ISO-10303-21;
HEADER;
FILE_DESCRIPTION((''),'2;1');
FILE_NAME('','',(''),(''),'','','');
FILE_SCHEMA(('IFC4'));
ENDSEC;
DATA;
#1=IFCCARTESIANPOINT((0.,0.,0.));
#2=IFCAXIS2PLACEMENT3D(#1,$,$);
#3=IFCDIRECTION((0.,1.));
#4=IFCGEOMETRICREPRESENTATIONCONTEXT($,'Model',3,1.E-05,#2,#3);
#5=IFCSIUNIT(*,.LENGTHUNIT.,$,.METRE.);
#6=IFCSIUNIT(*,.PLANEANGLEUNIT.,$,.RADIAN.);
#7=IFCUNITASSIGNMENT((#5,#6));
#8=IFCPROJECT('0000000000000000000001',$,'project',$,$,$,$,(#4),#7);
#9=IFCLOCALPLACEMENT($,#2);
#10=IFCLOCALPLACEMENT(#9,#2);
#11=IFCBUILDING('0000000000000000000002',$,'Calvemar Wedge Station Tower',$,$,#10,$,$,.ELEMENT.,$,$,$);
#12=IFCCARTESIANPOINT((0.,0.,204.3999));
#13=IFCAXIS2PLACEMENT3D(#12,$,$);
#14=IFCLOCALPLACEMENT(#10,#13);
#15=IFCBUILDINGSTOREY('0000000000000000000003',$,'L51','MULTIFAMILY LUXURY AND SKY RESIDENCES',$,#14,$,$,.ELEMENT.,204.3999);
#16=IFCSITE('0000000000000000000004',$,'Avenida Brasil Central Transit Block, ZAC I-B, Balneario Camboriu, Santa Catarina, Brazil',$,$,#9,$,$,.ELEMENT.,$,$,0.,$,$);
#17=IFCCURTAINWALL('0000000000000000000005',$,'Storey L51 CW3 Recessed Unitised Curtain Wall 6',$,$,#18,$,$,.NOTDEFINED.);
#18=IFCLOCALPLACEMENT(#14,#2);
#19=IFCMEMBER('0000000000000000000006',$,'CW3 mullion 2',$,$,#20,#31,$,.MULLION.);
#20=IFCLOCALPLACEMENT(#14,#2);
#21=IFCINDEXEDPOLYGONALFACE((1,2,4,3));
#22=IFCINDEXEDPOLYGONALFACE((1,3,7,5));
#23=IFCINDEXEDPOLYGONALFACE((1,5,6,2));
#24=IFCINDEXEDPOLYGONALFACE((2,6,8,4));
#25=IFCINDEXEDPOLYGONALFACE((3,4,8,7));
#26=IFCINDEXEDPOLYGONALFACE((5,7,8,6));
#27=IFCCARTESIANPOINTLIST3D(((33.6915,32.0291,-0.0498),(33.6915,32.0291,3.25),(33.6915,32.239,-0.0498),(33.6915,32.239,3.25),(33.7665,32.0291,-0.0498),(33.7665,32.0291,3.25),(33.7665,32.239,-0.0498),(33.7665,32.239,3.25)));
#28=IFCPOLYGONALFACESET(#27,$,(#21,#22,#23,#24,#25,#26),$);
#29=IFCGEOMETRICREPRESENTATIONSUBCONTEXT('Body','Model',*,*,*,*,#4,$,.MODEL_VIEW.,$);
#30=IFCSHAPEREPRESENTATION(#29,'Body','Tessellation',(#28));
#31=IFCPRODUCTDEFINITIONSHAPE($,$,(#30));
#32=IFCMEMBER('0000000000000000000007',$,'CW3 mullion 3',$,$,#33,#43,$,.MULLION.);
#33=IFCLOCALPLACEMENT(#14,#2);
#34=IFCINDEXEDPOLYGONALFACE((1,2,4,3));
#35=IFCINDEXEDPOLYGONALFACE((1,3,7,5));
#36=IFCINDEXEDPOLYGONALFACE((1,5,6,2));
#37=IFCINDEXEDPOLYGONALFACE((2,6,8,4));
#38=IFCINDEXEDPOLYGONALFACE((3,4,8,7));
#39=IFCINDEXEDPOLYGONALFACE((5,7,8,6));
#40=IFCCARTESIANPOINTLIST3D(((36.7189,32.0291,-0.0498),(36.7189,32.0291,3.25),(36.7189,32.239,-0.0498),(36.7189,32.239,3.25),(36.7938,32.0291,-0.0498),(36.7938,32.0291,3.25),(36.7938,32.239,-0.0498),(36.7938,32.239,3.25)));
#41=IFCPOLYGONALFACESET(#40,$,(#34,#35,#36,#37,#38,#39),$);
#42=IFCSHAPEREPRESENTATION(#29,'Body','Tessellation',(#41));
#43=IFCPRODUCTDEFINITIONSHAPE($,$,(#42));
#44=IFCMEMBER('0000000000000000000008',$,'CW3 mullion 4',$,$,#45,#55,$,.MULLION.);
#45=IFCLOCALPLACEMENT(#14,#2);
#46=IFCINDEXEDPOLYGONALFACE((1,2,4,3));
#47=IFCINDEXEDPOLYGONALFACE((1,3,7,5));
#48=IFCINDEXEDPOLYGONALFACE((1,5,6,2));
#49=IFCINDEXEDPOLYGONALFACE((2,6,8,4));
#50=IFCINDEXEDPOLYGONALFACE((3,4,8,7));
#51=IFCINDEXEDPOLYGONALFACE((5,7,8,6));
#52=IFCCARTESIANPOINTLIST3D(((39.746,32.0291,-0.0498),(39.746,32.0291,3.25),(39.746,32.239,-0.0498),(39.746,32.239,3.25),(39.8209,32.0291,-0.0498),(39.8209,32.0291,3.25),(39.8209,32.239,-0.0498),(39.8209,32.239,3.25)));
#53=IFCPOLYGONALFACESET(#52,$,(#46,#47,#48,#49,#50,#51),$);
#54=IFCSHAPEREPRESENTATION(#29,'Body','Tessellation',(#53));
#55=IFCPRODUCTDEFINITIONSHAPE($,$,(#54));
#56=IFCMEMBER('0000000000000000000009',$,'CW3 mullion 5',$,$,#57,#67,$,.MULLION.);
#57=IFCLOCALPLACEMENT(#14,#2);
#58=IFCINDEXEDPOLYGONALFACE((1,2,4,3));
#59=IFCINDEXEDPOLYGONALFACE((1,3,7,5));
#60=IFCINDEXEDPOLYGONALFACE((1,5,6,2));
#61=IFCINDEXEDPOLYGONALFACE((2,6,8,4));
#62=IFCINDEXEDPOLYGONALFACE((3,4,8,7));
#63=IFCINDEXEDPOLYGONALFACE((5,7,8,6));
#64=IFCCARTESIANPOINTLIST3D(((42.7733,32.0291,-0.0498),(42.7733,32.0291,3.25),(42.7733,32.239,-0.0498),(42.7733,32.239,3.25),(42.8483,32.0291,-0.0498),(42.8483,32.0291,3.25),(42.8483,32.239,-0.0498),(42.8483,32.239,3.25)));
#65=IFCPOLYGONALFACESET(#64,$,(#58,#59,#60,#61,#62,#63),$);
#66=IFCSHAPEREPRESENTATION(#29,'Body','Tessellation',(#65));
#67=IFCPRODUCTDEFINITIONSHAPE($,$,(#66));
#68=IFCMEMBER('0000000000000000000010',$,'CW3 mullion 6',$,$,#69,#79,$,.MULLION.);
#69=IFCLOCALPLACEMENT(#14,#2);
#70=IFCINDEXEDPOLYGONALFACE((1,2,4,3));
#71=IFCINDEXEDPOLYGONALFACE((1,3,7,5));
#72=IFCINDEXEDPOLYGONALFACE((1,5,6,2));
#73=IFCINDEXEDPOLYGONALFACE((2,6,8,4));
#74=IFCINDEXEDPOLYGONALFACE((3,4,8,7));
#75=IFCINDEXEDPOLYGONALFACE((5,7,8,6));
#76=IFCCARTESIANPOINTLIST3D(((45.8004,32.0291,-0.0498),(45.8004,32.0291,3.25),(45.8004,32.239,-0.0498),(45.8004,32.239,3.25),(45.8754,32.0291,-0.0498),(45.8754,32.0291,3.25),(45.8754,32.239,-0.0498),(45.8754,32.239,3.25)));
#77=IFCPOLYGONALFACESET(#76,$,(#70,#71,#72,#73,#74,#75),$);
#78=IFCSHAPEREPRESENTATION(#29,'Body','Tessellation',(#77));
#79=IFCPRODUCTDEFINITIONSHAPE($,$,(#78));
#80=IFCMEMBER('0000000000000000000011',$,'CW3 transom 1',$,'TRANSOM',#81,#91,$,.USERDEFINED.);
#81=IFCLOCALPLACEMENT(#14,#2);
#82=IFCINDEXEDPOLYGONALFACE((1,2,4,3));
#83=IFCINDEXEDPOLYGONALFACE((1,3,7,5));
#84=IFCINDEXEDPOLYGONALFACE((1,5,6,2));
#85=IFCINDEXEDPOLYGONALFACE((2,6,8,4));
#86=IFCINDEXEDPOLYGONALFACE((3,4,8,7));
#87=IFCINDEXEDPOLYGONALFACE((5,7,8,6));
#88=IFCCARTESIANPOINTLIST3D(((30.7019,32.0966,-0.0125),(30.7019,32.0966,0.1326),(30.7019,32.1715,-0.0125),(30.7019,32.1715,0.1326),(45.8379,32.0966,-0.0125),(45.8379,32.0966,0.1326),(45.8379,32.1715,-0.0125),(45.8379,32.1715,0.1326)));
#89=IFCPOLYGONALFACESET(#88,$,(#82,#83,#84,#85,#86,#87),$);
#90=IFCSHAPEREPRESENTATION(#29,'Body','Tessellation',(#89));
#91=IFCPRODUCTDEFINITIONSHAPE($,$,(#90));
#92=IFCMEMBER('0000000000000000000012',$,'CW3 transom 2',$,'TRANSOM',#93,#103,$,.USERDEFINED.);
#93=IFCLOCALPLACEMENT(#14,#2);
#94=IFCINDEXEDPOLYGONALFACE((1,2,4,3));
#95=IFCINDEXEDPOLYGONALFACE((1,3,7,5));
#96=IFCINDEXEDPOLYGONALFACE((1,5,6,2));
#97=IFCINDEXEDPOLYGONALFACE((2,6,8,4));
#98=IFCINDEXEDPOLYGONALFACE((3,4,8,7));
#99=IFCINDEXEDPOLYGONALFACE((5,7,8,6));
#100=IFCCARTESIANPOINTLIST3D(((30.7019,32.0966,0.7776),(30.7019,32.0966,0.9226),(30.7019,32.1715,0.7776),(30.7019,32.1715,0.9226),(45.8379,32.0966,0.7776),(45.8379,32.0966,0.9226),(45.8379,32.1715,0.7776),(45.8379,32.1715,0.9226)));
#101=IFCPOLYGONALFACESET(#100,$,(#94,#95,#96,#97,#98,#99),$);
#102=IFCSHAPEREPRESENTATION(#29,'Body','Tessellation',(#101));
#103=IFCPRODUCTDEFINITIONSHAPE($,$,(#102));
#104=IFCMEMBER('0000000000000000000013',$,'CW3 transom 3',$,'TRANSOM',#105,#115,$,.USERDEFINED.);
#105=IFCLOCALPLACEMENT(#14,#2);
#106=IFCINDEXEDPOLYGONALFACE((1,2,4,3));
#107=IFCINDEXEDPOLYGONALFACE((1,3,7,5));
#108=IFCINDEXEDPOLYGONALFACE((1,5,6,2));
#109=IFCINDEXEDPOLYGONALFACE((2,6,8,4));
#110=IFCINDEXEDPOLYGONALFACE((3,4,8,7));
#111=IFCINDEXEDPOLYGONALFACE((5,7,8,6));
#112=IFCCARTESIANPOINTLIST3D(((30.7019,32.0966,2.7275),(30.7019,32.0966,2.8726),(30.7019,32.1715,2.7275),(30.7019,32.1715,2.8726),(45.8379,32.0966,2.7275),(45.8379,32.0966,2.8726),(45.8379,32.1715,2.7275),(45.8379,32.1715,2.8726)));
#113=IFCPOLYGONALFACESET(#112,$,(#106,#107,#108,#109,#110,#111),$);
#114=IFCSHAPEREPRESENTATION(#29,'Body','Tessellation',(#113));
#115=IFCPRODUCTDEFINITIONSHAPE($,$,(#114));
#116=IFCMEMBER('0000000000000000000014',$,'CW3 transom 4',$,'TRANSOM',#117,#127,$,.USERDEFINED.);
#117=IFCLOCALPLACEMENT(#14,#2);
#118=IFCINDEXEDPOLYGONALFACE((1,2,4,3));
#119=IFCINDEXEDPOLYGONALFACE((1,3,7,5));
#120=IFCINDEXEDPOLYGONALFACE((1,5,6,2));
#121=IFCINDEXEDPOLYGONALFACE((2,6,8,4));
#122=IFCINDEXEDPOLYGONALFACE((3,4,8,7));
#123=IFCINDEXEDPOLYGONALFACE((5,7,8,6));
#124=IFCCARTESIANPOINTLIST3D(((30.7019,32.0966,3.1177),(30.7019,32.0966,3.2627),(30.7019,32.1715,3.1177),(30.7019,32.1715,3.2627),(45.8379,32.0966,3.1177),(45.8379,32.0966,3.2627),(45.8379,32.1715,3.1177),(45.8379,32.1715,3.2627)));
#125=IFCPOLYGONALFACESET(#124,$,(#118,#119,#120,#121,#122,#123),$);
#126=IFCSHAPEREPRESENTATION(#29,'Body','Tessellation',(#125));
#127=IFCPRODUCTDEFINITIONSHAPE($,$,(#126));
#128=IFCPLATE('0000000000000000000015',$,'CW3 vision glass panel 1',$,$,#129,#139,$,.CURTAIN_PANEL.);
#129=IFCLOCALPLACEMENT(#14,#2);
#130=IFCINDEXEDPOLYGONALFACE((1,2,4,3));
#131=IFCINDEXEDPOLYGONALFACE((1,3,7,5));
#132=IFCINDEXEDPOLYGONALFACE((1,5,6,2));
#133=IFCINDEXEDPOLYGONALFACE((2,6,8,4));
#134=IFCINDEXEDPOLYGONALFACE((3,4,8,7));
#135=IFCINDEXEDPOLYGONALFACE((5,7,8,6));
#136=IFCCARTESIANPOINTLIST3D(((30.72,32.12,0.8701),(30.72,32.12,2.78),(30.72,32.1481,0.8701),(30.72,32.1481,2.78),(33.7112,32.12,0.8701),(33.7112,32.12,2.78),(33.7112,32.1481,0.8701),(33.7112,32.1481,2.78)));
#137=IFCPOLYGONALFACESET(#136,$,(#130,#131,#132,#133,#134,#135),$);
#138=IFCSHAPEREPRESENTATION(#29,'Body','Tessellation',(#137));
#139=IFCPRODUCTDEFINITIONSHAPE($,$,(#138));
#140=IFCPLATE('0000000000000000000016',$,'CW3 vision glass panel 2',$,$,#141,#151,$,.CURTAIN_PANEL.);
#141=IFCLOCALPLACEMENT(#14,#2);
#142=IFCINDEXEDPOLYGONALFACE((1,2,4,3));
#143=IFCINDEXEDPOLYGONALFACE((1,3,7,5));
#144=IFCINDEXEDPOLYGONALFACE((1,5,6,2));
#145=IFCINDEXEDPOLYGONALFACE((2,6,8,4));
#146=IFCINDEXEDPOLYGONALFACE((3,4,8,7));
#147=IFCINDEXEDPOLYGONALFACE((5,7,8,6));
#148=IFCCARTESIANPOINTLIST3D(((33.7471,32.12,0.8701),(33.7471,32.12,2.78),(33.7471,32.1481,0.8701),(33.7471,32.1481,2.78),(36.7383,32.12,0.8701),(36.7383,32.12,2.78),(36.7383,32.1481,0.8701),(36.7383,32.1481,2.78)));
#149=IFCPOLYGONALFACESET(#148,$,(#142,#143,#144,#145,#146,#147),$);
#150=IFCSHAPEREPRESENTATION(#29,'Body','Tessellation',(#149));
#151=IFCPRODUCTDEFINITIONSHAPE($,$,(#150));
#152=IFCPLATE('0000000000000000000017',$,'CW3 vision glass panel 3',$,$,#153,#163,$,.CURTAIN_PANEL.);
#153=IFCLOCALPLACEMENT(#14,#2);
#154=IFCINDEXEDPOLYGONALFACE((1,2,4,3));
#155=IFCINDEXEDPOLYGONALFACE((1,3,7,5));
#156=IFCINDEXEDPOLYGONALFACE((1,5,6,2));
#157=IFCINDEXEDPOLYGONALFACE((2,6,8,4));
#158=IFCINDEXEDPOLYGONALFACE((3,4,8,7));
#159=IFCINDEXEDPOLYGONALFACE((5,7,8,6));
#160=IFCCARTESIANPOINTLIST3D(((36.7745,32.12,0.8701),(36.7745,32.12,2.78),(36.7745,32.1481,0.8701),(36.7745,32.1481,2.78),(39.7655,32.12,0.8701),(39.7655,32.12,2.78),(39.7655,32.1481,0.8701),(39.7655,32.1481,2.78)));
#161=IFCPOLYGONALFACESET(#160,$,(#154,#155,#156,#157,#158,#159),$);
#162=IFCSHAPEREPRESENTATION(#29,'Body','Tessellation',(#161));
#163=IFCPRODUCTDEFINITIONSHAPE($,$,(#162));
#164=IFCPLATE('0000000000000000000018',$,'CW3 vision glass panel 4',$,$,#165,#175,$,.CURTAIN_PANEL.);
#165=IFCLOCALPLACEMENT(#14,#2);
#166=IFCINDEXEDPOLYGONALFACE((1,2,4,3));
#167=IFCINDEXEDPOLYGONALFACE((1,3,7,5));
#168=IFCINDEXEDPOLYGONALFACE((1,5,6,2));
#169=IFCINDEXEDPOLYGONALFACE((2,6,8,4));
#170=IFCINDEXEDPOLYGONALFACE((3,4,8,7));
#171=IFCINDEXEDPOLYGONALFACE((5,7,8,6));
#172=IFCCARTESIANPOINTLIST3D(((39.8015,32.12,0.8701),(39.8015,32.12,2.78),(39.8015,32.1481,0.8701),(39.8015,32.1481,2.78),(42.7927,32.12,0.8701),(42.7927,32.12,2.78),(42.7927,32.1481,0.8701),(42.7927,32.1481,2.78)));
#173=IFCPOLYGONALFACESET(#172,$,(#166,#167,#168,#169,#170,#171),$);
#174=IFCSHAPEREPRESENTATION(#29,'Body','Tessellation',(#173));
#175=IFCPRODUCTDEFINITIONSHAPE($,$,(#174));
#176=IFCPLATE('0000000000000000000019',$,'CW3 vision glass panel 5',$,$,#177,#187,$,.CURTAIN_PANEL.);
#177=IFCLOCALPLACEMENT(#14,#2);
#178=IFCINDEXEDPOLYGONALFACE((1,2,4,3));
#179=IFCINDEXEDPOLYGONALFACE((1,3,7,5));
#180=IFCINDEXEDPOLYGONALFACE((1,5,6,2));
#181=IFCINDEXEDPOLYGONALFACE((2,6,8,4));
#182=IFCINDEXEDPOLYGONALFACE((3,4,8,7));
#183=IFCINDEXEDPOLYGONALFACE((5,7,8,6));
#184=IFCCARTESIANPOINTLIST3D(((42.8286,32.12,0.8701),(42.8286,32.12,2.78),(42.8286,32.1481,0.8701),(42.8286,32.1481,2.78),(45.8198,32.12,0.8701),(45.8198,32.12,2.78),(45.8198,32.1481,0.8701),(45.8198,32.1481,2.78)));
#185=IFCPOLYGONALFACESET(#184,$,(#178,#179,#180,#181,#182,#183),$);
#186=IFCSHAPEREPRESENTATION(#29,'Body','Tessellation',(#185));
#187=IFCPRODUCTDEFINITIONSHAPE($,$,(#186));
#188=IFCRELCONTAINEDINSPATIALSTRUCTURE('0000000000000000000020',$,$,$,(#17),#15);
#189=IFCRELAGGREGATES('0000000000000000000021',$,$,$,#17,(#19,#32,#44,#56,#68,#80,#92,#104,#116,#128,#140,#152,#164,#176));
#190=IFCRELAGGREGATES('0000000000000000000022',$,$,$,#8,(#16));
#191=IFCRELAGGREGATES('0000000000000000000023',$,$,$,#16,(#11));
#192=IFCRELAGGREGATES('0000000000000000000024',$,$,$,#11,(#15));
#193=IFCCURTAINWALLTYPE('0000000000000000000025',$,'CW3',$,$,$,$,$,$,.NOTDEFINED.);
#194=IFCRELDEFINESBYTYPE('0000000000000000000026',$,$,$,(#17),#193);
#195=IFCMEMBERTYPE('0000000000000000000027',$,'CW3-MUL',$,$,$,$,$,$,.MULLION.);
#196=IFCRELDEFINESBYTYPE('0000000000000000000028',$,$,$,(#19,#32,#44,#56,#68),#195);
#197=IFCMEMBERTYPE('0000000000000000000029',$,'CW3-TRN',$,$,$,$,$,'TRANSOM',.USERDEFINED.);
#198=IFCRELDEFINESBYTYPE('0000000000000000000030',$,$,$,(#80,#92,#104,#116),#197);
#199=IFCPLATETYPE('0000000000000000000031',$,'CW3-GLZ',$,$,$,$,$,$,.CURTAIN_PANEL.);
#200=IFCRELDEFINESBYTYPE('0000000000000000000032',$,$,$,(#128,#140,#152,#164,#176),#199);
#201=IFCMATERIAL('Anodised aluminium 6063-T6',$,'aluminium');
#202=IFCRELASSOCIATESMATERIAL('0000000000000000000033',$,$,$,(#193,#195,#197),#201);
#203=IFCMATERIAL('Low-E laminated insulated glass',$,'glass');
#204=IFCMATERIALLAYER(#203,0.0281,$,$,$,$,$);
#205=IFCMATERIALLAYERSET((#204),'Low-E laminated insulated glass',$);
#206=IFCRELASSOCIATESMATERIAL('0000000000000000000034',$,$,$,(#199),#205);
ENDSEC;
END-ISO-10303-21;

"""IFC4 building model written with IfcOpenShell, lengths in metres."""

from ifc_helpers import new_model, si_unit, direction, frame, frame_2d, origin, origin_2d, place, context, subcontext, project, spatial, rectangle, extrude, source, transform, mapped, material, layer, layer_set, material_profile, profile_set, type_object, element, aggregate, save


model = new_model("IFC4")

# Units and contexts
model_context = context("Model", 3, precision=1e-05, world=origin(), true_north=direction((0.0, 1.0)))
body_context = subcontext(model_context, "Body", "Model", "MODEL_VIEW")
ifc_project = project(units=[si_unit("LENGTHUNIT", "METRE"), si_unit("PLANEANGLEUNIT", "RADIAN")], contexts=[model_context])

# Site, building, storey
site_placement = place(None, origin())
site = spatial("IfcSite", under=ifc_project, at=site_placement, Name="Avenida Brasil Central Transit Block, ZAC I-B, Balneario Camboriu, Santa Catarina, Brazil", CompositionType="ELEMENT", RefElevation=0.0)
building_placement = place(site_placement, origin())
building = spatial("IfcBuilding", under=site, at=building_placement, Name="Calvemar Wedge Station Tower", CompositionType="ELEMENT")
storey_placement = place(building_placement, frame((0.0, 0.0, 204.3999)))
storey = spatial("IfcBuildingStorey", under=building, at=storey_placement, Name="L51", Description="MULTIFAMILY LUXURY AND SKY RESIDENCES", CompositionType="ELEMENT", Elevation=204.3999)

# Curtain wall, members, plates
ifc_material_1 = material(Name="Anodised aluminium 6063-T6", Category="aluminium")
curtain_wall_type = type_object("IfcCurtainWallType", Name="CW3", PredefinedType="NOTDEFINED", material=ifc_material_1)
curtain_wall_placement = place(storey_placement, origin())
curtain_wall = element("IfcCurtainWall", 1, at=curtain_wall_placement, inside=storey, type_object=curtain_wall_type, Name="Storey L51 CW3 Recessed Unitised Curtain Wall 6", PredefinedType="NOTDEFINED")
ifc_material_profile_1 = material_profile(ifc_material_1, rectangle(XDim=0.075, YDim=0.21, at=origin_2d()), Name="AL-MUL-75x210")
ifc_profile_set_1 = profile_set([ifc_material_profile_1], Name="Anodised aluminium 6063-T6")
member_type_1 = type_object("IfcMemberType", Name="CW3-MUL", PredefinedType="MULLION", material=ifc_profile_set_1)
shared_shape_1 = source(origin(), body_context, "Body", "SweptSolid", [
    extrude(rectangle(XDim=0.075, YDim=0.21, at=origin_2d()), origin(), (0.0, 0.0, 1.0), 3.2998),
])
member_1_placement = place(storey_placement, frame((33.729, 32.134, -0.0498), z_axis=(0.0, 0.0, 1.0), x_axis=(1.0, 0.0, 0.0)))
member_1 = element("IfcMember", 2, at=member_1_placement, type_object=member_type_1, Name="CW3 mullion 2", PredefinedType="MULLION", context=body_context, shape_type="MappedRepresentation", body=[
    mapped(shared_shape_1, transform((0.0, 0.0, 0.0), scale=1.0)),
])
member_2_placement = place(storey_placement, frame((36.7563, 32.134, -0.0498), z_axis=(0.0, 0.0, 1.0), x_axis=(1.0, 0.0, 0.0)))
member_2 = element("IfcMember", 3, at=member_2_placement, type_object=member_type_1, Name="CW3 mullion 3", PredefinedType="MULLION", context=body_context, shape_type="MappedRepresentation", body=[
    mapped(shared_shape_1, transform((0.0, 0.0, 0.0), scale=1.0)),
])
member_3_placement = place(storey_placement, frame((39.7834, 32.134, -0.0498), z_axis=(0.0, 0.0, 1.0), x_axis=(1.0, 0.0, 0.0)))
member_3 = element("IfcMember", 4, at=member_3_placement, type_object=member_type_1, Name="CW3 mullion 4", PredefinedType="MULLION", context=body_context, shape_type="MappedRepresentation", body=[
    mapped(shared_shape_1, transform((0.0, 0.0, 0.0), scale=1.0)),
])
member_4_placement = place(storey_placement, frame((42.8108, 32.134, -0.0498), z_axis=(0.0, 0.0, 1.0), x_axis=(1.0, 0.0, 0.0)))
member_4 = element("IfcMember", 5, at=member_4_placement, type_object=member_type_1, Name="CW3 mullion 5", PredefinedType="MULLION", context=body_context, shape_type="MappedRepresentation", body=[
    mapped(shared_shape_1, transform((0.0, 0.0, 0.0), scale=1.0)),
])
member_5_placement = place(storey_placement, frame((45.8379, 32.134, -0.0498), z_axis=(0.0, 0.0, 1.0), x_axis=(1.0, 0.0, 0.0)))
member_5 = element("IfcMember", 6, at=member_5_placement, type_object=member_type_1, Name="CW3 mullion 6", PredefinedType="MULLION", context=body_context, shape_type="MappedRepresentation", body=[
    mapped(shared_shape_1, transform((0.0, 0.0, 0.0), scale=1.0)),
])
ifc_material_profile_2 = material_profile(ifc_material_1, rectangle(XDim=0.075, YDim=0.145, at=origin_2d()), Name="AL-TRN-75x145")
ifc_profile_set_2 = profile_set([ifc_material_profile_2], Name="Anodised aluminium 6063-T6")
member_type_2 = type_object("IfcMemberType", Name="CW3-TRN", ElementType="TRANSOM", PredefinedType="USERDEFINED", material=ifc_profile_set_2)
shared_shape_2 = source(origin(), body_context, "Body", "SweptSolid", [
    extrude(rectangle(XDim=0.075, YDim=0.145, at=origin_2d()), origin(), (0.0, 0.0, 1.0), 15.136),
])
member_6_placement = place(storey_placement, frame((30.7019, 32.134, 0.0601), z_axis=(1.0, 0.0, 0.0), x_axis=(0.0, 1.0, 0.0)))
member_6 = element("IfcMember", 7, at=member_6_placement, type_object=member_type_2, Name="CW3 transom 1", ObjectType="TRANSOM", PredefinedType="USERDEFINED", context=body_context, shape_type="MappedRepresentation", body=[
    mapped(shared_shape_2, transform((0.0, 0.0, 0.0), scale=1.0)),
])
member_7_placement = place(storey_placement, frame((30.7019, 32.134, 0.8501), z_axis=(1.0, 0.0, 0.0), x_axis=(0.0, 1.0, 0.0)))
member_7 = element("IfcMember", 8, at=member_7_placement, type_object=member_type_2, Name="CW3 transom 2", ObjectType="TRANSOM", PredefinedType="USERDEFINED", context=body_context, shape_type="MappedRepresentation", body=[
    mapped(shared_shape_2, transform((0.0, 0.0, 0.0), scale=1.0)),
])
member_8_placement = place(storey_placement, frame((30.7019, 32.134, 2.8), z_axis=(1.0, 0.0, 0.0), x_axis=(0.0, 1.0, 0.0)))
member_8 = element("IfcMember", 9, at=member_8_placement, type_object=member_type_2, Name="CW3 transom 3", ObjectType="TRANSOM", PredefinedType="USERDEFINED", context=body_context, shape_type="MappedRepresentation", body=[
    mapped(shared_shape_2, transform((0.0, 0.0, 0.0), scale=1.0)),
])
member_9_placement = place(storey_placement, frame((30.7019, 32.134, 3.1902), z_axis=(1.0, 0.0, 0.0), x_axis=(0.0, 1.0, 0.0)))
member_9 = element("IfcMember", 10, at=member_9_placement, type_object=member_type_2, Name="CW3 transom 4", ObjectType="TRANSOM", PredefinedType="USERDEFINED", context=body_context, shape_type="MappedRepresentation", body=[
    mapped(shared_shape_2, transform((0.0, 0.0, 0.0), scale=1.0)),
])
ifc_material_2 = material(Name="Low-E laminated insulated glass", Category="glass")
ifc_layer_1 = layer(ifc_material_2, 0.0281)
ifc_layer_set_1 = layer_set([ifc_layer_1], Name="Low-E laminated insulated glass")
plate_type_1 = type_object("IfcPlateType", Name="CW3-GLZ", PredefinedType="CURTAIN_PANEL", material=ifc_layer_set_1)
plate_1_placement = place(storey_placement, frame((30.72, 32.134, 0.8701), z_axis=(0.0, 0.0, 1.0), x_axis=(1.0, 0.0, 0.0)))
plate_1 = element("IfcPlate", 11, at=plate_1_placement, type_object=plate_type_1, Name="CW3 vision glass panel 1", PredefinedType="CURTAIN_PANEL", context=body_context, shape_type="SweptSolid", body=[
    extrude(rectangle(XDim=2.9912, YDim=0.0281, at=frame_2d((1.4956, 0.0))), origin(), (0.0, 0.0, 1.0), 1.9099),
])
plate_2_placement = place(storey_placement, frame((33.7471, 32.134, 0.8701), z_axis=(0.0, 0.0, 1.0), x_axis=(1.0, 0.0, 0.0)))
plate_2 = element("IfcPlate", 12, at=plate_2_placement, type_object=plate_type_1, Name="CW3 vision glass panel 2", PredefinedType="CURTAIN_PANEL", context=body_context, shape_type="SweptSolid", body=[
    extrude(rectangle(XDim=2.9912, YDim=0.0281, at=frame_2d((1.4956, 0.0))), origin(), (0.0, 0.0, 1.0), 1.9099),
])
plate_3_placement = place(storey_placement, frame((36.7744, 32.134, 0.8701), z_axis=(0.0, 0.0, 1.0), x_axis=(1.0, 0.0, 0.0)))
plate_3 = element("IfcPlate", 13, at=plate_3_placement, type_object=plate_type_1, Name="CW3 vision glass panel 3", PredefinedType="CURTAIN_PANEL", context=body_context, shape_type="SweptSolid", body=[
    extrude(rectangle(XDim=2.991, YDim=0.0281, at=frame_2d((1.4956, 0.0))), origin(), (0.0, 0.0, 1.0), 1.9099),
])
plate_4_placement = place(storey_placement, frame((39.8015, 32.134, 0.8701), z_axis=(0.0, 0.0, 1.0), x_axis=(1.0, 0.0, 0.0)))
plate_4 = element("IfcPlate", 14, at=plate_4_placement, type_object=plate_type_1, Name="CW3 vision glass panel 4", PredefinedType="CURTAIN_PANEL", context=body_context, shape_type="SweptSolid", body=[
    extrude(rectangle(XDim=2.9912, YDim=0.0281, at=frame_2d((1.4956, 0.0))), origin(), (0.0, 0.0, 1.0), 1.9099),
])
plate_5_placement = place(storey_placement, frame((42.8286, 32.134, 0.8701), z_axis=(0.0, 0.0, 1.0), x_axis=(1.0, 0.0, 0.0)))
plate_5 = element("IfcPlate", 15, at=plate_5_placement, type_object=plate_type_1, Name="CW3 vision glass panel 5", PredefinedType="CURTAIN_PANEL", context=body_context, shape_type="SweptSolid", body=[
    extrude(rectangle(XDim=2.9912, YDim=0.0281, at=frame_2d((1.4956, 0.0))), origin(), (0.0, 0.0, 1.0), 1.9099),
])
aggregate(curtain_wall, [member_1, member_2, member_3, member_4, member_5, member_6, member_7, member_8, member_9, plate_1, plate_2, plate_3, plate_4, plate_5])

save(model, "model.ifc")
